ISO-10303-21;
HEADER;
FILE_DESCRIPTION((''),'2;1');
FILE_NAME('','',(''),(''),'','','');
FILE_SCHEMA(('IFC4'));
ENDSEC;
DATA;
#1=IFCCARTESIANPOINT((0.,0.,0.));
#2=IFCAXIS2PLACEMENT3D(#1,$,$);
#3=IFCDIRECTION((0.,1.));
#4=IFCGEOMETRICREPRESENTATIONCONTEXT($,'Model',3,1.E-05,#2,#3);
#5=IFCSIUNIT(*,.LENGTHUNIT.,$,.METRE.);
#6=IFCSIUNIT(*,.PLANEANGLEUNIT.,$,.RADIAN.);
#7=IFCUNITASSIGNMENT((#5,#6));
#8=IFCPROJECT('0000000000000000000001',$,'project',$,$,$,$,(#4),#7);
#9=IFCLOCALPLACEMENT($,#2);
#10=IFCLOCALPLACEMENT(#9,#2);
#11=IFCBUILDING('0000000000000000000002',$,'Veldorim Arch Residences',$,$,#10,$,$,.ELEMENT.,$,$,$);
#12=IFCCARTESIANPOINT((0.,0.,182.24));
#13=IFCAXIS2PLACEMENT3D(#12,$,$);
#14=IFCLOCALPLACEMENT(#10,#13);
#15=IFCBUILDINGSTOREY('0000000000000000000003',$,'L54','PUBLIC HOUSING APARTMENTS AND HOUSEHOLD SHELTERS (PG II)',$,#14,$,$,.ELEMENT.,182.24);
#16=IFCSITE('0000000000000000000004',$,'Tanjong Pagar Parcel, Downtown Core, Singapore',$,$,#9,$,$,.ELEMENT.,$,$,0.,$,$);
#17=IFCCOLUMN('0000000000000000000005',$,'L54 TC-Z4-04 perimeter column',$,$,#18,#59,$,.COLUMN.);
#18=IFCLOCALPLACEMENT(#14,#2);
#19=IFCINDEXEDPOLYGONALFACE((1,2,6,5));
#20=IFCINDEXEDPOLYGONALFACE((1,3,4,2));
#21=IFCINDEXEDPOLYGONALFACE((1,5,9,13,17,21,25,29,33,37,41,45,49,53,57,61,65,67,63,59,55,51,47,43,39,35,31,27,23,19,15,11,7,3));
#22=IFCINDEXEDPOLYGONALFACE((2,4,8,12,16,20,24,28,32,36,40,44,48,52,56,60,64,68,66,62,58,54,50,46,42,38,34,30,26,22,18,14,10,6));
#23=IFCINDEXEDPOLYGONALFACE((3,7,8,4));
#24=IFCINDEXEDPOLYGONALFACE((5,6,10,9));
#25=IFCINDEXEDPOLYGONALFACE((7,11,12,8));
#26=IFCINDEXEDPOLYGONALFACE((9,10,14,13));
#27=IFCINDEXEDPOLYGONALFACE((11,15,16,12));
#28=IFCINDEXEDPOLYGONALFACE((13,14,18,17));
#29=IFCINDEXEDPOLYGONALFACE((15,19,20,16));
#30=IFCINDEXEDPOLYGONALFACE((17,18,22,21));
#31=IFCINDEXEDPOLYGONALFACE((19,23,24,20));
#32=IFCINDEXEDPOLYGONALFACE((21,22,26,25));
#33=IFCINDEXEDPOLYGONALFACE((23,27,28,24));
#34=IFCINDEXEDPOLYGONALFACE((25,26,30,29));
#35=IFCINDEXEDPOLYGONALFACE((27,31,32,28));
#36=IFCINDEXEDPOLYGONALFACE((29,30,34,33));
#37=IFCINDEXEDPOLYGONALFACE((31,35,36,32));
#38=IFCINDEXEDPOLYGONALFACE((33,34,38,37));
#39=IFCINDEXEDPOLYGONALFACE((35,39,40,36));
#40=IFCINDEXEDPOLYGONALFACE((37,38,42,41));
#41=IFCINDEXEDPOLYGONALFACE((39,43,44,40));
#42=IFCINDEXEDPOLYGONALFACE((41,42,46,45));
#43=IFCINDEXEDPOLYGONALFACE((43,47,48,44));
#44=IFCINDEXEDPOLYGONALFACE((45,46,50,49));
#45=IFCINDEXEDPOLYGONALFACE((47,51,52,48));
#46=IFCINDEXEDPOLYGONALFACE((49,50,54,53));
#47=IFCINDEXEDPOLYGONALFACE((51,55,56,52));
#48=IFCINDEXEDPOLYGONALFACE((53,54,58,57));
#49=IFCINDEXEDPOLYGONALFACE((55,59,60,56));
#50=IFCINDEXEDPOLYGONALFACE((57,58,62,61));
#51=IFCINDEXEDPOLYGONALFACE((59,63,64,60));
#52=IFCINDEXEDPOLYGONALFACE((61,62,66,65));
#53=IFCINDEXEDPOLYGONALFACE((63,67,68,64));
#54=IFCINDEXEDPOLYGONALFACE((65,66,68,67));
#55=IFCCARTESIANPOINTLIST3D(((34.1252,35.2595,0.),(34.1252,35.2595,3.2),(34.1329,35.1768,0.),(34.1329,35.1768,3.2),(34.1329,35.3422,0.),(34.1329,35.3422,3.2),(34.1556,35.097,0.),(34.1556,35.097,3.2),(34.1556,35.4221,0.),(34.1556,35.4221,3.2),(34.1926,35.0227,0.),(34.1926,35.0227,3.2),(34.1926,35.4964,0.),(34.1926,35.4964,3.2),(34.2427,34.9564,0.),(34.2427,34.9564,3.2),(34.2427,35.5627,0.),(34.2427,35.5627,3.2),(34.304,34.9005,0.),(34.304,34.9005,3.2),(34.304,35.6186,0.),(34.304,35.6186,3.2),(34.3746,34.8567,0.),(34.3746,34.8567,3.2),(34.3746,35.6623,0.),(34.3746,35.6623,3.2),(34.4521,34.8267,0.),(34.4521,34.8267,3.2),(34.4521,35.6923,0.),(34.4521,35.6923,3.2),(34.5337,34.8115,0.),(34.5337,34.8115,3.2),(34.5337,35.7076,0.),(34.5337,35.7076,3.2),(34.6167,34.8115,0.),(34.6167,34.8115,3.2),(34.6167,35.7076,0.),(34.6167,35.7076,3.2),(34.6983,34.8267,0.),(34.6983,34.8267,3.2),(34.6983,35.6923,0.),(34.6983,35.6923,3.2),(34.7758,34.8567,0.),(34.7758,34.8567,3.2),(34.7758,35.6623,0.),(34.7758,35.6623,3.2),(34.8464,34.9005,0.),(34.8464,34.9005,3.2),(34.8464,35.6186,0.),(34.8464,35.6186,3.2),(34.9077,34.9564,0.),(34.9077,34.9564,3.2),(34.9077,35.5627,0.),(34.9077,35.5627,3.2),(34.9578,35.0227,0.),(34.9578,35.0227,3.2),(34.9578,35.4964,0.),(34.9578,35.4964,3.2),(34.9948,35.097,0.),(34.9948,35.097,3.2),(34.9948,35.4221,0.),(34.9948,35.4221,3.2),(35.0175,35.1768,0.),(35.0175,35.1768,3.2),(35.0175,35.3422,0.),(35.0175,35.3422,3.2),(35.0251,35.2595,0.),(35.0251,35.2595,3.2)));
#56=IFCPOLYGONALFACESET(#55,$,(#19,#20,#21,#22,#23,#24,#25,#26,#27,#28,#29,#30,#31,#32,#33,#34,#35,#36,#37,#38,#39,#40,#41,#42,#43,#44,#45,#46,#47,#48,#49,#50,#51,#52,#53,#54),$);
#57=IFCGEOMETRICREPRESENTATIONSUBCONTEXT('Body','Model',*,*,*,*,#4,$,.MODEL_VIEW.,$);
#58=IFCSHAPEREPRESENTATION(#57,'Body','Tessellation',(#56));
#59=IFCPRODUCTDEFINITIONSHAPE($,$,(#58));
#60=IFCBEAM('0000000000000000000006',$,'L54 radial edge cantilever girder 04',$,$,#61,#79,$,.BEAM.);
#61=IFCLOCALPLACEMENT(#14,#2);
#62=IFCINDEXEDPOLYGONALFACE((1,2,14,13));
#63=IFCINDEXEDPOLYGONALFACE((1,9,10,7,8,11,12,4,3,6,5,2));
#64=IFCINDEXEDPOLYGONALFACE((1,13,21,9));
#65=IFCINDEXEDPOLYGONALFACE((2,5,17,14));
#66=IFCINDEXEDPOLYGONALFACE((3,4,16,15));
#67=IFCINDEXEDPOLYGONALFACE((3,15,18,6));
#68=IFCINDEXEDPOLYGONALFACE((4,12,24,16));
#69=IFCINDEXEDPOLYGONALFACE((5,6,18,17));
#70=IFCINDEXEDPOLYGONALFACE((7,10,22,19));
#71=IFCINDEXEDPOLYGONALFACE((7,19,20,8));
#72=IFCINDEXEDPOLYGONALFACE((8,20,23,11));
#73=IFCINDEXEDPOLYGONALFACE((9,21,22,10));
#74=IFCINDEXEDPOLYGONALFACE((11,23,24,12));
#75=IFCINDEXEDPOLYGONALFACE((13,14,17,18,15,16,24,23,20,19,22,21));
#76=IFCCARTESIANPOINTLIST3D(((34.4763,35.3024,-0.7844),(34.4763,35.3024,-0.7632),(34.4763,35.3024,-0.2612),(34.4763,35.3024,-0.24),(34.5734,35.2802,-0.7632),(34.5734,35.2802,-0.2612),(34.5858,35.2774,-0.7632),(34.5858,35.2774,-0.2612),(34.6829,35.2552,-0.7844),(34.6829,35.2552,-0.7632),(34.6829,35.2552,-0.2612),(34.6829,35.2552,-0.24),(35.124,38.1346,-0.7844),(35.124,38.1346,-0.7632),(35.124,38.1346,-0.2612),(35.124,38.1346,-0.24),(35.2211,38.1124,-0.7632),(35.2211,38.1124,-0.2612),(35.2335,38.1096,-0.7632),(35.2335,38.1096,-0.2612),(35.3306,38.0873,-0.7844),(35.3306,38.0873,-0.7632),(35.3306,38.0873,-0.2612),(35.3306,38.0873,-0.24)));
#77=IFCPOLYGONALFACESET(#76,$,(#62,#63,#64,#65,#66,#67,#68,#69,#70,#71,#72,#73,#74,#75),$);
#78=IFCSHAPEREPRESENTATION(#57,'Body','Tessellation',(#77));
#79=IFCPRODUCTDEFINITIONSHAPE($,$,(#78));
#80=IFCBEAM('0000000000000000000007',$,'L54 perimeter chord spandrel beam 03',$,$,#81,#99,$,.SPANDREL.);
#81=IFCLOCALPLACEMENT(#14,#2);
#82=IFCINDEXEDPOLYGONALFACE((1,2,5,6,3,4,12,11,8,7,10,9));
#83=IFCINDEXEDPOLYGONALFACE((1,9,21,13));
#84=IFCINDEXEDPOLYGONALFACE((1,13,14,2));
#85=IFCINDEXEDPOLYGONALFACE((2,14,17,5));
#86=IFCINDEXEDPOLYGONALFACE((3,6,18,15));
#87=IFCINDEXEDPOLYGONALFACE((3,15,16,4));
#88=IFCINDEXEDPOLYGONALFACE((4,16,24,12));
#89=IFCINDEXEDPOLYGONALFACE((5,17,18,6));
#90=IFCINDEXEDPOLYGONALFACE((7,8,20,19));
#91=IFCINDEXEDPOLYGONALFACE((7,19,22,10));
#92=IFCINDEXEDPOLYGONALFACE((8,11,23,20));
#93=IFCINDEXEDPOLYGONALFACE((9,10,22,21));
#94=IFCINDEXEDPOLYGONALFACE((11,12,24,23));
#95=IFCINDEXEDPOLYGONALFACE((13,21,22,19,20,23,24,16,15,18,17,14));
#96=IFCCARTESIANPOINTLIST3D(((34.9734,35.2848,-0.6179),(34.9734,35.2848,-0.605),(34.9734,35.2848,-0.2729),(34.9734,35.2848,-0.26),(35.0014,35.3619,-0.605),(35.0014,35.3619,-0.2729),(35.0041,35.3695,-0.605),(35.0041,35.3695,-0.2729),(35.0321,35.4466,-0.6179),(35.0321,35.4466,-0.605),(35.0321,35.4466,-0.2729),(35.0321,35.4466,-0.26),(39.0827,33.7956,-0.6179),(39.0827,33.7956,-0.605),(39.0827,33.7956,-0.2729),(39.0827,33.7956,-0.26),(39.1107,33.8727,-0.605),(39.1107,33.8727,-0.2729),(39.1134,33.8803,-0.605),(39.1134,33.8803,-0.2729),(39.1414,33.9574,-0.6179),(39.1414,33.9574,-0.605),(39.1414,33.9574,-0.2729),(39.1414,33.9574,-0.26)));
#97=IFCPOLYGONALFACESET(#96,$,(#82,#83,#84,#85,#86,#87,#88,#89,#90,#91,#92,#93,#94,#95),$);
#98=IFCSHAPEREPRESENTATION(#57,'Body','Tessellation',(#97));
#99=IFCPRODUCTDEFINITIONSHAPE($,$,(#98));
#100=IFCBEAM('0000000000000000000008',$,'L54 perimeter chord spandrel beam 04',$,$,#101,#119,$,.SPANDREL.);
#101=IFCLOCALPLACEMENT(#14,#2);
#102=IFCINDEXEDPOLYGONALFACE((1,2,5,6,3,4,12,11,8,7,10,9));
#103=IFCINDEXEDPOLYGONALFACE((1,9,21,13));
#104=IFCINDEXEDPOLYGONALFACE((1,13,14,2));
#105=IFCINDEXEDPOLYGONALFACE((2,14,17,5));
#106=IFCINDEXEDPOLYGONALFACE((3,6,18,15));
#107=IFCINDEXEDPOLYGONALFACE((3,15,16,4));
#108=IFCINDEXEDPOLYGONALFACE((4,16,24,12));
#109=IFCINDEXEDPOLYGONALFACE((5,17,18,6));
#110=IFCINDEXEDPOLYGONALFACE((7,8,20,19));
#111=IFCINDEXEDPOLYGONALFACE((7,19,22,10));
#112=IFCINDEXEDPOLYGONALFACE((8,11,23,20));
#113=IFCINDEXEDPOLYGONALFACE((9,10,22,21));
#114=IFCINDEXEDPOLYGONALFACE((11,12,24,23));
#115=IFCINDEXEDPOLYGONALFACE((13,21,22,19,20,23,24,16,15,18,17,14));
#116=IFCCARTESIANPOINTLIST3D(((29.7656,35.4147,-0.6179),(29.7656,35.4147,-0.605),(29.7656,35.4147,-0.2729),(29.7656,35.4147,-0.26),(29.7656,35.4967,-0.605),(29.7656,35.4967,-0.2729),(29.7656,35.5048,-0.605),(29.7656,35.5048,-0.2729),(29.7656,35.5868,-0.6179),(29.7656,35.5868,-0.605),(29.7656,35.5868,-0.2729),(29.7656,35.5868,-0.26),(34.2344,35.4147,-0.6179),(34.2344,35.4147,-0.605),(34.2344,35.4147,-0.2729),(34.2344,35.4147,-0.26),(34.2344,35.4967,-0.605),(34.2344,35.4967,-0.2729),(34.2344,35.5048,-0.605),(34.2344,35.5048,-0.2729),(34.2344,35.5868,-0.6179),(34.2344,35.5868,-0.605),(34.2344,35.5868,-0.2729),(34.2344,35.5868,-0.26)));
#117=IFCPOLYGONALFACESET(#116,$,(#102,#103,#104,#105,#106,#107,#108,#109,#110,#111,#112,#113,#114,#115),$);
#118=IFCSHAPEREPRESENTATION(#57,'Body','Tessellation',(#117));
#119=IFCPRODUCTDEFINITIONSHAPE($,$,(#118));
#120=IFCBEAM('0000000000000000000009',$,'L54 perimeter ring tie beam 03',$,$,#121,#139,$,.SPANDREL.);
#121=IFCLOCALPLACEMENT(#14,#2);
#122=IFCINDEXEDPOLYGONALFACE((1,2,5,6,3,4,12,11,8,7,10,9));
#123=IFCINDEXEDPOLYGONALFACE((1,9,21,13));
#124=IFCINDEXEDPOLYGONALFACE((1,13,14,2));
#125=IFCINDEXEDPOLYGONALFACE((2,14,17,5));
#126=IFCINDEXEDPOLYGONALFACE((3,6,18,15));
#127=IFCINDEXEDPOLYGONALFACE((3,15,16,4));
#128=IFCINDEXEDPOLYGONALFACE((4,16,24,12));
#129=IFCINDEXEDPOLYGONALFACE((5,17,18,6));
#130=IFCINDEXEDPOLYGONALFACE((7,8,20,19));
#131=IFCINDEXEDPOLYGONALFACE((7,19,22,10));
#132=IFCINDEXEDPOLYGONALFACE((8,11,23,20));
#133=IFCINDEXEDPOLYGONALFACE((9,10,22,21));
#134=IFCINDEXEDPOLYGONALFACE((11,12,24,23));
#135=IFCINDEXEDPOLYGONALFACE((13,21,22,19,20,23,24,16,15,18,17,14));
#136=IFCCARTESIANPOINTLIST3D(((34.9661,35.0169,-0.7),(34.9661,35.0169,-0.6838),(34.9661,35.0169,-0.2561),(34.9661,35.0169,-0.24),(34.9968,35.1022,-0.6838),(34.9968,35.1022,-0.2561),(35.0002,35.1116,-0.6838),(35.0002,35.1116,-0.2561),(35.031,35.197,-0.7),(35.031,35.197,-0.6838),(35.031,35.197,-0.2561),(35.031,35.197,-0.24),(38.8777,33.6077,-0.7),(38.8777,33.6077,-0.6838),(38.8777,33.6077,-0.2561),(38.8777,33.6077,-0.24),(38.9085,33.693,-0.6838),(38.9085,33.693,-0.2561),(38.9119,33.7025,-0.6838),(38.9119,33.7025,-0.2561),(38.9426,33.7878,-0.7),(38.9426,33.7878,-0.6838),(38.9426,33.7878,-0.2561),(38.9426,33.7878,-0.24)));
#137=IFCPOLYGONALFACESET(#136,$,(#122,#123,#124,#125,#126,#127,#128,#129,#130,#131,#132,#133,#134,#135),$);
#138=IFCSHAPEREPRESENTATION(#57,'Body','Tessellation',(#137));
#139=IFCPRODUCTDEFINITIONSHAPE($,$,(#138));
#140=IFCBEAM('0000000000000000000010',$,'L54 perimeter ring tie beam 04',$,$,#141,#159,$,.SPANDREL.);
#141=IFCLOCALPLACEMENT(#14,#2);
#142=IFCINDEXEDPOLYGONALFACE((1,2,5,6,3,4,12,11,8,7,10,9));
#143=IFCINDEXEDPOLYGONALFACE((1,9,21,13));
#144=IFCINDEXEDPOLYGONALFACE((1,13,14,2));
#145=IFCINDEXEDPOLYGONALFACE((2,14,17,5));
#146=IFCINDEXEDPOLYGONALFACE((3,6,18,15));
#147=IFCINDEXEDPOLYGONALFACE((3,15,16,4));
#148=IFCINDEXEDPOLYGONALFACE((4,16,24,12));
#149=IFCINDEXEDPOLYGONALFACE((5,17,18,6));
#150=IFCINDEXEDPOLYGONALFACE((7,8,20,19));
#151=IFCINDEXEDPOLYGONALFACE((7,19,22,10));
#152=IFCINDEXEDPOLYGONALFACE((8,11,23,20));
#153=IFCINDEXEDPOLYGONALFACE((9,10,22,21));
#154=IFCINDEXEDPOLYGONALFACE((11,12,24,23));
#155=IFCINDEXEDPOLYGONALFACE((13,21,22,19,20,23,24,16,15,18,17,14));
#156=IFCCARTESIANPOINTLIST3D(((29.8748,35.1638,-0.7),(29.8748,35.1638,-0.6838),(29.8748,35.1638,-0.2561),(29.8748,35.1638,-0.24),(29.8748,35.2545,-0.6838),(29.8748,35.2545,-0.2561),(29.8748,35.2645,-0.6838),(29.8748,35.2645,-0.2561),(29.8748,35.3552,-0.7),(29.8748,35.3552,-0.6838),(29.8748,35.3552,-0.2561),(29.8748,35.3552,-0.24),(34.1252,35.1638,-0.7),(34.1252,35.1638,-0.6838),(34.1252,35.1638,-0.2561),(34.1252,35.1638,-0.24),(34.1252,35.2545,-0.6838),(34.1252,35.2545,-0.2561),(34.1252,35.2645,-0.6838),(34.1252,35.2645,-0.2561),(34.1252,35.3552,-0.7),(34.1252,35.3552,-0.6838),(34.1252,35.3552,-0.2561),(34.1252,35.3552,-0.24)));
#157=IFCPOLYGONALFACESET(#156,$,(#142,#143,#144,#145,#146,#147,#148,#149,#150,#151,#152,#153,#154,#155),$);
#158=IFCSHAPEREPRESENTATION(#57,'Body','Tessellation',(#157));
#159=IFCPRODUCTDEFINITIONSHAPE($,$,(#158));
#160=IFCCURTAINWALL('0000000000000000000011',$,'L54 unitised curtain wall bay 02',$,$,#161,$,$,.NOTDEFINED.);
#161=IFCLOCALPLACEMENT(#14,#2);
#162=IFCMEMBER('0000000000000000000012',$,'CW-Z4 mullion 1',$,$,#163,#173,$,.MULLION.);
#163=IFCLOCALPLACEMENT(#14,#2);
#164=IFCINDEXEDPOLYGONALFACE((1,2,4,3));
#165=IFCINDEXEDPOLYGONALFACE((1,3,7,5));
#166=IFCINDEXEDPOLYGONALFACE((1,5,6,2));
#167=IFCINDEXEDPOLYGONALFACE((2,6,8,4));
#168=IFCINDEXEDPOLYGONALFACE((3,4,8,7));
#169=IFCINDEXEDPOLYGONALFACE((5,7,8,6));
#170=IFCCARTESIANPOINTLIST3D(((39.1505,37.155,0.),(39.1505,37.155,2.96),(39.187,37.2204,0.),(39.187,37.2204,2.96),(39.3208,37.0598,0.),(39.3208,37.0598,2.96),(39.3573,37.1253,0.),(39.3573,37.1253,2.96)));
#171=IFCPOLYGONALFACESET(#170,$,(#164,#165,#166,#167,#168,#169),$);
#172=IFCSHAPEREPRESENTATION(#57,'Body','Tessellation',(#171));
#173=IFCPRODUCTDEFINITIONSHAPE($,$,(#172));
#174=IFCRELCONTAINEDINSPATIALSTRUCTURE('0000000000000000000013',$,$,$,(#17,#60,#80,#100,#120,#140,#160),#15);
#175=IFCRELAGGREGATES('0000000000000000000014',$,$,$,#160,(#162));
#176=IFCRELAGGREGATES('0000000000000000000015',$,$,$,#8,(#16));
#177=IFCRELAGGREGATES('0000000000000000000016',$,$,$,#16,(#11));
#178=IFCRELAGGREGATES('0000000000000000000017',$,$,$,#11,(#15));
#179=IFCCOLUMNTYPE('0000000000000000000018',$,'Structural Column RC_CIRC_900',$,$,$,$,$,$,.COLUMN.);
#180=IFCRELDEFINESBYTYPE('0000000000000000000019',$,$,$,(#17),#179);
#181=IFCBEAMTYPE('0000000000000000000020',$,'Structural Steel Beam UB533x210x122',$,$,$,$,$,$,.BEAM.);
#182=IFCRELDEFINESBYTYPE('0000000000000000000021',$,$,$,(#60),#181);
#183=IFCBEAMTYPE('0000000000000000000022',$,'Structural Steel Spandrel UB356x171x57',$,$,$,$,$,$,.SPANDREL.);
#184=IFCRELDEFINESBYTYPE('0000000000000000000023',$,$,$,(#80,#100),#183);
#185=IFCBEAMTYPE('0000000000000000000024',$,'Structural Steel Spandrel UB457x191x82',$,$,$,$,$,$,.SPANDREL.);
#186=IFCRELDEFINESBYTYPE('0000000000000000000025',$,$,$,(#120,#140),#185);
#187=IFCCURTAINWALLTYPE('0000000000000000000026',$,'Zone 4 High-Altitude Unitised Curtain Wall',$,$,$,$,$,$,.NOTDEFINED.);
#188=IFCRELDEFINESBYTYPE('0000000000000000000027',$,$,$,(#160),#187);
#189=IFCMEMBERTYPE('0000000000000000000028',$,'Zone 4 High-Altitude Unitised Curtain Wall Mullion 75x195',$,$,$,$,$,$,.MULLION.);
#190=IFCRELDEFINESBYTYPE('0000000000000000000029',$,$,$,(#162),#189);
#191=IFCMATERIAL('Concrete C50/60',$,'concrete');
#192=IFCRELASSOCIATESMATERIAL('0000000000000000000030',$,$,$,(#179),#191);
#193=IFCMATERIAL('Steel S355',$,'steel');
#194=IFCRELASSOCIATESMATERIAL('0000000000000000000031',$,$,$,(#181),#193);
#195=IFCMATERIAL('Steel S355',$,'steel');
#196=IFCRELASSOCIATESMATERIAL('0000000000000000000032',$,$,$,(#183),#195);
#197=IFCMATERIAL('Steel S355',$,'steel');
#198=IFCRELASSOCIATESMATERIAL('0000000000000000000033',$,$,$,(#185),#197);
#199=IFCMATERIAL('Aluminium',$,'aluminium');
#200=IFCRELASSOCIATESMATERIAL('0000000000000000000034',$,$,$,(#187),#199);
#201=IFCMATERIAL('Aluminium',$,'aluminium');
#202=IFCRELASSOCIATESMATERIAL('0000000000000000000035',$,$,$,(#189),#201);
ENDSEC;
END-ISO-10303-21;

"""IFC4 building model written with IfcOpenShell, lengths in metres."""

from ifc_helpers import new_model, si_unit, direction, frame, origin, origin_2d, place, context, subcontext, project, spatial, rectangle, circle, i_section, extrude, material, material_profile, profile_set, type_object, element, aggregate, save


model = new_model("IFC4")

# Units and contexts
model_context = context("Model", 3, precision=1e-05, world=origin(), true_north=direction((0.0, 1.0)))
body_context = subcontext(model_context, "Body", "Model", "MODEL_VIEW")
ifc_project = project(units=[si_unit("LENGTHUNIT", "METRE"), si_unit("PLANEANGLEUNIT", "RADIAN")], contexts=[model_context])

# Site, building, storey
site_placement = place(None, origin())
site = spatial("IfcSite", under=ifc_project, at=site_placement, Name="Tanjong Pagar Parcel, Downtown Core, Singapore", CompositionType="ELEMENT", RefElevation=0.0)
building_placement = place(site_placement, origin())
building = spatial("IfcBuilding", under=site, at=building_placement, Name="Veldorim Arch Residences", CompositionType="ELEMENT")
storey_placement = place(building_placement, frame((0.0, 0.0, 182.24)))
storey = spatial("IfcBuildingStorey", under=building, at=storey_placement, Name="L54", Description="PUBLIC HOUSING APARTMENTS AND HOUSEHOLD SHELTERS (PG II)", CompositionType="ELEMENT", Elevation=182.24)

# Column
ifc_material_1 = material(Name="Concrete C50/60", Category="concrete")
ifc_material_profile_1 = material_profile(ifc_material_1, circle(Radius=0.45, at=origin_2d()), Name="RC_CIRC_900")
ifc_profile_set_1 = profile_set([ifc_material_profile_1], Name="Concrete C50/60")
column_type = type_object("IfcColumnType", Name="Structural Column RC_CIRC_900", PredefinedType="COLUMN", material=ifc_profile_set_1)
column_placement = place(storey_placement, frame((34.5752, 35.2595, 0.0), z_axis=(0.0, 0.0, 1.0), x_axis=(1.0, 0.0, 0.0)))
element("IfcColumn", 1, at=column_placement, inside=storey, type_object=column_type, Name="L54 TC-Z4-04 perimeter column", PredefinedType="COLUMN", context=body_context, shape_type="SweptSolid", body=[
    extrude(circle(Radius=0.45, at=origin_2d()), origin(), (0.0, 0.0, 1.0), 3.2),
])

# Beams
ifc_material_2 = material(Name="Steel S355", Category="steel")
ifc_material_profile_2 = material_profile(ifc_material_2, i_section(OverallWidth=0.2119, OverallDepth=0.5444, WebThickness=0.0127, FlangeThickness=0.0212, at=origin_2d()), Name="UB533x210x122")
ifc_profile_set_2 = profile_set([ifc_material_profile_2], Name="Steel S355")
beam_type_1 = type_object("IfcBeamType", Name="Structural Steel Beam UB533x210x122", PredefinedType="BEAM", material=ifc_profile_set_2)
beam_1_placement = place(storey_placement, frame((34.5796, 35.2788, -0.5122), z_axis=(0.222932, 0.974834, 0.0), x_axis=(-0.974834, 0.222932, 0.0)))
element("IfcBeam", 2, at=beam_1_placement, inside=storey, type_object=beam_type_1, Name="L54 radial edge cantilever girder 04", PredefinedType="BEAM", context=body_context, shape_type="SweptSolid", body=[
    extrude(i_section(OverallWidth=0.2119, OverallDepth=0.5444, WebThickness=0.0127, FlangeThickness=0.0212, at=origin_2d()), origin(), (0.0, 0.0, 1.0), 2.9053),
])
ifc_material_3 = material(Name="Steel S355", Category="steel")
ifc_material_profile_3 = material_profile(ifc_material_3, i_section(OverallWidth=0.1721, OverallDepth=0.3579, WebThickness=0.0081, FlangeThickness=0.0129, at=origin_2d()), Name="UB356x171x57")
ifc_profile_set_3 = profile_set([ifc_material_profile_3], Name="Steel S355")
beam_type_2 = type_object("IfcBeamType", Name="Structural Steel Spandrel UB356x171x57", PredefinedType="SPANDREL", material=ifc_profile_set_3)
beam_2_placement = place(storey_placement, frame((39.1121, 33.8765, -0.439), z_axis=(-0.940165, 0.34072, 0.0), x_axis=(-0.34072, -0.940165, 0.0)))
element("IfcBeam", 3, at=beam_2_placement, inside=storey, type_object=beam_type_2, Name="L54 perimeter chord spandrel beam 03", PredefinedType="SPANDREL", context=body_context, shape_type="SweptSolid", body=[
    extrude(i_section(OverallWidth=0.1721, OverallDepth=0.3579, WebThickness=0.0081, FlangeThickness=0.0129, at=origin_2d()), origin(), (0.0, 0.0, 1.0), 4.3708),
])
beam_3_placement = place(storey_placement, frame((34.2344, 35.5007, -0.439), z_axis=(-1.0, 0.0, 0.0), x_axis=(0.0, -1.0, 0.0)))
element("IfcBeam", 4, at=beam_3_placement, inside=storey, type_object=beam_type_2, Name="L54 perimeter chord spandrel beam 04", PredefinedType="SPANDREL", context=body_context, shape_type="SweptSolid", body=[
    extrude(i_section(OverallWidth=0.1721, OverallDepth=0.3579, WebThickness=0.0081, FlangeThickness=0.0129, at=origin_2d()), origin(), (0.0, 0.0, 1.0), 4.4688),
])
ifc_material_4 = material(Name="Steel S355", Category="steel")
ifc_material_profile_4 = material_profile(ifc_material_4, i_section(OverallWidth=0.1914, OverallDepth=0.46, WebThickness=0.01, FlangeThickness=0.0161, at=origin_2d()), Name="UB457x191x82")
ifc_profile_set_4 = profile_set([ifc_material_profile_4], Name="Steel S355")
beam_type_3 = type_object("IfcBeamType", Name="Structural Steel Spandrel UB457x191x82", PredefinedType="SPANDREL", material=ifc_profile_set_4)
beam_4_placement = place(storey_placement, frame((38.9102, 33.6978, -0.47), z_axis=(-0.940811, 0.338932, 0.0), x_axis=(-0.338932, -0.940811, 0.0)))
element("IfcBeam", 5, at=beam_4_placement, inside=storey, type_object=beam_type_3, Name="L54 perimeter ring tie beam 03", PredefinedType="SPANDREL", context=body_context, shape_type="SweptSolid", body=[
    extrude(i_section(OverallWidth=0.1914, OverallDepth=0.46, WebThickness=0.01, FlangeThickness=0.0161, at=origin_2d()), origin(), (0.0, 0.0, 1.0), 4.1577),
])
beam_5_placement = place(storey_placement, frame((34.1252, 35.2595, -0.47), z_axis=(-1.0, 0.0, 0.0), x_axis=(0.0, -1.0, 0.0)))
element("IfcBeam", 6, at=beam_5_placement, inside=storey, type_object=beam_type_3, Name="L54 perimeter ring tie beam 04", PredefinedType="SPANDREL", context=body_context, shape_type="SweptSolid", body=[
    extrude(i_section(OverallWidth=0.1914, OverallDepth=0.46, WebThickness=0.01, FlangeThickness=0.0161, at=origin_2d()), origin(), (0.0, 0.0, 1.0), 4.2505),
])

# Curtain wall, member
ifc_material_5 = material(Name="Aluminium", Category="aluminium")
curtain_wall_type = type_object("IfcCurtainWallType", Name="Zone 4 High-Altitude Unitised Curtain Wall", PredefinedType="NOTDEFINED", material=ifc_material_5)
curtain_wall_placement = place(storey_placement, origin())
curtain_wall = element("IfcCurtainWall", 7, at=curtain_wall_placement, inside=storey, type_object=curtain_wall_type, Name="L54 unitised curtain wall bay 02", PredefinedType="NOTDEFINED")
ifc_material_6 = material(Name="Aluminium", Category="aluminium")
ifc_material_profile_5 = material_profile(ifc_material_6, rectangle(XDim=0.075, YDim=0.1951, at=origin_2d()), Name="ALU_MUL_75x195")
ifc_profile_set_5 = profile_set([ifc_material_profile_5], Name="Aluminium")
member_type_1 = type_object("IfcMemberType", Name="Zone 4 High-Altitude Unitised Curtain Wall Mullion 75x195", PredefinedType="MULLION", material=ifc_profile_set_5)
member_1_placement = place(storey_placement, frame((39.2539, 37.1401, 0.0), z_axis=(0.0, 0.0, 1.0), x_axis=(0.487736, 0.872991, 0.0)))
member_1 = element("IfcMember", 8, at=member_1_placement, type_object=member_type_1, Name="CW-Z4 mullion 1", PredefinedType="MULLION", context=body_context, shape_type="SweptSolid", body=[
    extrude(rectangle(XDim=0.075, YDim=0.1951, at=origin_2d()), origin(), (0.0, 0.0, 1.0), 2.96),
])
aggregate(curtain_wall, [member_1])

save(model, "model.ifc")
